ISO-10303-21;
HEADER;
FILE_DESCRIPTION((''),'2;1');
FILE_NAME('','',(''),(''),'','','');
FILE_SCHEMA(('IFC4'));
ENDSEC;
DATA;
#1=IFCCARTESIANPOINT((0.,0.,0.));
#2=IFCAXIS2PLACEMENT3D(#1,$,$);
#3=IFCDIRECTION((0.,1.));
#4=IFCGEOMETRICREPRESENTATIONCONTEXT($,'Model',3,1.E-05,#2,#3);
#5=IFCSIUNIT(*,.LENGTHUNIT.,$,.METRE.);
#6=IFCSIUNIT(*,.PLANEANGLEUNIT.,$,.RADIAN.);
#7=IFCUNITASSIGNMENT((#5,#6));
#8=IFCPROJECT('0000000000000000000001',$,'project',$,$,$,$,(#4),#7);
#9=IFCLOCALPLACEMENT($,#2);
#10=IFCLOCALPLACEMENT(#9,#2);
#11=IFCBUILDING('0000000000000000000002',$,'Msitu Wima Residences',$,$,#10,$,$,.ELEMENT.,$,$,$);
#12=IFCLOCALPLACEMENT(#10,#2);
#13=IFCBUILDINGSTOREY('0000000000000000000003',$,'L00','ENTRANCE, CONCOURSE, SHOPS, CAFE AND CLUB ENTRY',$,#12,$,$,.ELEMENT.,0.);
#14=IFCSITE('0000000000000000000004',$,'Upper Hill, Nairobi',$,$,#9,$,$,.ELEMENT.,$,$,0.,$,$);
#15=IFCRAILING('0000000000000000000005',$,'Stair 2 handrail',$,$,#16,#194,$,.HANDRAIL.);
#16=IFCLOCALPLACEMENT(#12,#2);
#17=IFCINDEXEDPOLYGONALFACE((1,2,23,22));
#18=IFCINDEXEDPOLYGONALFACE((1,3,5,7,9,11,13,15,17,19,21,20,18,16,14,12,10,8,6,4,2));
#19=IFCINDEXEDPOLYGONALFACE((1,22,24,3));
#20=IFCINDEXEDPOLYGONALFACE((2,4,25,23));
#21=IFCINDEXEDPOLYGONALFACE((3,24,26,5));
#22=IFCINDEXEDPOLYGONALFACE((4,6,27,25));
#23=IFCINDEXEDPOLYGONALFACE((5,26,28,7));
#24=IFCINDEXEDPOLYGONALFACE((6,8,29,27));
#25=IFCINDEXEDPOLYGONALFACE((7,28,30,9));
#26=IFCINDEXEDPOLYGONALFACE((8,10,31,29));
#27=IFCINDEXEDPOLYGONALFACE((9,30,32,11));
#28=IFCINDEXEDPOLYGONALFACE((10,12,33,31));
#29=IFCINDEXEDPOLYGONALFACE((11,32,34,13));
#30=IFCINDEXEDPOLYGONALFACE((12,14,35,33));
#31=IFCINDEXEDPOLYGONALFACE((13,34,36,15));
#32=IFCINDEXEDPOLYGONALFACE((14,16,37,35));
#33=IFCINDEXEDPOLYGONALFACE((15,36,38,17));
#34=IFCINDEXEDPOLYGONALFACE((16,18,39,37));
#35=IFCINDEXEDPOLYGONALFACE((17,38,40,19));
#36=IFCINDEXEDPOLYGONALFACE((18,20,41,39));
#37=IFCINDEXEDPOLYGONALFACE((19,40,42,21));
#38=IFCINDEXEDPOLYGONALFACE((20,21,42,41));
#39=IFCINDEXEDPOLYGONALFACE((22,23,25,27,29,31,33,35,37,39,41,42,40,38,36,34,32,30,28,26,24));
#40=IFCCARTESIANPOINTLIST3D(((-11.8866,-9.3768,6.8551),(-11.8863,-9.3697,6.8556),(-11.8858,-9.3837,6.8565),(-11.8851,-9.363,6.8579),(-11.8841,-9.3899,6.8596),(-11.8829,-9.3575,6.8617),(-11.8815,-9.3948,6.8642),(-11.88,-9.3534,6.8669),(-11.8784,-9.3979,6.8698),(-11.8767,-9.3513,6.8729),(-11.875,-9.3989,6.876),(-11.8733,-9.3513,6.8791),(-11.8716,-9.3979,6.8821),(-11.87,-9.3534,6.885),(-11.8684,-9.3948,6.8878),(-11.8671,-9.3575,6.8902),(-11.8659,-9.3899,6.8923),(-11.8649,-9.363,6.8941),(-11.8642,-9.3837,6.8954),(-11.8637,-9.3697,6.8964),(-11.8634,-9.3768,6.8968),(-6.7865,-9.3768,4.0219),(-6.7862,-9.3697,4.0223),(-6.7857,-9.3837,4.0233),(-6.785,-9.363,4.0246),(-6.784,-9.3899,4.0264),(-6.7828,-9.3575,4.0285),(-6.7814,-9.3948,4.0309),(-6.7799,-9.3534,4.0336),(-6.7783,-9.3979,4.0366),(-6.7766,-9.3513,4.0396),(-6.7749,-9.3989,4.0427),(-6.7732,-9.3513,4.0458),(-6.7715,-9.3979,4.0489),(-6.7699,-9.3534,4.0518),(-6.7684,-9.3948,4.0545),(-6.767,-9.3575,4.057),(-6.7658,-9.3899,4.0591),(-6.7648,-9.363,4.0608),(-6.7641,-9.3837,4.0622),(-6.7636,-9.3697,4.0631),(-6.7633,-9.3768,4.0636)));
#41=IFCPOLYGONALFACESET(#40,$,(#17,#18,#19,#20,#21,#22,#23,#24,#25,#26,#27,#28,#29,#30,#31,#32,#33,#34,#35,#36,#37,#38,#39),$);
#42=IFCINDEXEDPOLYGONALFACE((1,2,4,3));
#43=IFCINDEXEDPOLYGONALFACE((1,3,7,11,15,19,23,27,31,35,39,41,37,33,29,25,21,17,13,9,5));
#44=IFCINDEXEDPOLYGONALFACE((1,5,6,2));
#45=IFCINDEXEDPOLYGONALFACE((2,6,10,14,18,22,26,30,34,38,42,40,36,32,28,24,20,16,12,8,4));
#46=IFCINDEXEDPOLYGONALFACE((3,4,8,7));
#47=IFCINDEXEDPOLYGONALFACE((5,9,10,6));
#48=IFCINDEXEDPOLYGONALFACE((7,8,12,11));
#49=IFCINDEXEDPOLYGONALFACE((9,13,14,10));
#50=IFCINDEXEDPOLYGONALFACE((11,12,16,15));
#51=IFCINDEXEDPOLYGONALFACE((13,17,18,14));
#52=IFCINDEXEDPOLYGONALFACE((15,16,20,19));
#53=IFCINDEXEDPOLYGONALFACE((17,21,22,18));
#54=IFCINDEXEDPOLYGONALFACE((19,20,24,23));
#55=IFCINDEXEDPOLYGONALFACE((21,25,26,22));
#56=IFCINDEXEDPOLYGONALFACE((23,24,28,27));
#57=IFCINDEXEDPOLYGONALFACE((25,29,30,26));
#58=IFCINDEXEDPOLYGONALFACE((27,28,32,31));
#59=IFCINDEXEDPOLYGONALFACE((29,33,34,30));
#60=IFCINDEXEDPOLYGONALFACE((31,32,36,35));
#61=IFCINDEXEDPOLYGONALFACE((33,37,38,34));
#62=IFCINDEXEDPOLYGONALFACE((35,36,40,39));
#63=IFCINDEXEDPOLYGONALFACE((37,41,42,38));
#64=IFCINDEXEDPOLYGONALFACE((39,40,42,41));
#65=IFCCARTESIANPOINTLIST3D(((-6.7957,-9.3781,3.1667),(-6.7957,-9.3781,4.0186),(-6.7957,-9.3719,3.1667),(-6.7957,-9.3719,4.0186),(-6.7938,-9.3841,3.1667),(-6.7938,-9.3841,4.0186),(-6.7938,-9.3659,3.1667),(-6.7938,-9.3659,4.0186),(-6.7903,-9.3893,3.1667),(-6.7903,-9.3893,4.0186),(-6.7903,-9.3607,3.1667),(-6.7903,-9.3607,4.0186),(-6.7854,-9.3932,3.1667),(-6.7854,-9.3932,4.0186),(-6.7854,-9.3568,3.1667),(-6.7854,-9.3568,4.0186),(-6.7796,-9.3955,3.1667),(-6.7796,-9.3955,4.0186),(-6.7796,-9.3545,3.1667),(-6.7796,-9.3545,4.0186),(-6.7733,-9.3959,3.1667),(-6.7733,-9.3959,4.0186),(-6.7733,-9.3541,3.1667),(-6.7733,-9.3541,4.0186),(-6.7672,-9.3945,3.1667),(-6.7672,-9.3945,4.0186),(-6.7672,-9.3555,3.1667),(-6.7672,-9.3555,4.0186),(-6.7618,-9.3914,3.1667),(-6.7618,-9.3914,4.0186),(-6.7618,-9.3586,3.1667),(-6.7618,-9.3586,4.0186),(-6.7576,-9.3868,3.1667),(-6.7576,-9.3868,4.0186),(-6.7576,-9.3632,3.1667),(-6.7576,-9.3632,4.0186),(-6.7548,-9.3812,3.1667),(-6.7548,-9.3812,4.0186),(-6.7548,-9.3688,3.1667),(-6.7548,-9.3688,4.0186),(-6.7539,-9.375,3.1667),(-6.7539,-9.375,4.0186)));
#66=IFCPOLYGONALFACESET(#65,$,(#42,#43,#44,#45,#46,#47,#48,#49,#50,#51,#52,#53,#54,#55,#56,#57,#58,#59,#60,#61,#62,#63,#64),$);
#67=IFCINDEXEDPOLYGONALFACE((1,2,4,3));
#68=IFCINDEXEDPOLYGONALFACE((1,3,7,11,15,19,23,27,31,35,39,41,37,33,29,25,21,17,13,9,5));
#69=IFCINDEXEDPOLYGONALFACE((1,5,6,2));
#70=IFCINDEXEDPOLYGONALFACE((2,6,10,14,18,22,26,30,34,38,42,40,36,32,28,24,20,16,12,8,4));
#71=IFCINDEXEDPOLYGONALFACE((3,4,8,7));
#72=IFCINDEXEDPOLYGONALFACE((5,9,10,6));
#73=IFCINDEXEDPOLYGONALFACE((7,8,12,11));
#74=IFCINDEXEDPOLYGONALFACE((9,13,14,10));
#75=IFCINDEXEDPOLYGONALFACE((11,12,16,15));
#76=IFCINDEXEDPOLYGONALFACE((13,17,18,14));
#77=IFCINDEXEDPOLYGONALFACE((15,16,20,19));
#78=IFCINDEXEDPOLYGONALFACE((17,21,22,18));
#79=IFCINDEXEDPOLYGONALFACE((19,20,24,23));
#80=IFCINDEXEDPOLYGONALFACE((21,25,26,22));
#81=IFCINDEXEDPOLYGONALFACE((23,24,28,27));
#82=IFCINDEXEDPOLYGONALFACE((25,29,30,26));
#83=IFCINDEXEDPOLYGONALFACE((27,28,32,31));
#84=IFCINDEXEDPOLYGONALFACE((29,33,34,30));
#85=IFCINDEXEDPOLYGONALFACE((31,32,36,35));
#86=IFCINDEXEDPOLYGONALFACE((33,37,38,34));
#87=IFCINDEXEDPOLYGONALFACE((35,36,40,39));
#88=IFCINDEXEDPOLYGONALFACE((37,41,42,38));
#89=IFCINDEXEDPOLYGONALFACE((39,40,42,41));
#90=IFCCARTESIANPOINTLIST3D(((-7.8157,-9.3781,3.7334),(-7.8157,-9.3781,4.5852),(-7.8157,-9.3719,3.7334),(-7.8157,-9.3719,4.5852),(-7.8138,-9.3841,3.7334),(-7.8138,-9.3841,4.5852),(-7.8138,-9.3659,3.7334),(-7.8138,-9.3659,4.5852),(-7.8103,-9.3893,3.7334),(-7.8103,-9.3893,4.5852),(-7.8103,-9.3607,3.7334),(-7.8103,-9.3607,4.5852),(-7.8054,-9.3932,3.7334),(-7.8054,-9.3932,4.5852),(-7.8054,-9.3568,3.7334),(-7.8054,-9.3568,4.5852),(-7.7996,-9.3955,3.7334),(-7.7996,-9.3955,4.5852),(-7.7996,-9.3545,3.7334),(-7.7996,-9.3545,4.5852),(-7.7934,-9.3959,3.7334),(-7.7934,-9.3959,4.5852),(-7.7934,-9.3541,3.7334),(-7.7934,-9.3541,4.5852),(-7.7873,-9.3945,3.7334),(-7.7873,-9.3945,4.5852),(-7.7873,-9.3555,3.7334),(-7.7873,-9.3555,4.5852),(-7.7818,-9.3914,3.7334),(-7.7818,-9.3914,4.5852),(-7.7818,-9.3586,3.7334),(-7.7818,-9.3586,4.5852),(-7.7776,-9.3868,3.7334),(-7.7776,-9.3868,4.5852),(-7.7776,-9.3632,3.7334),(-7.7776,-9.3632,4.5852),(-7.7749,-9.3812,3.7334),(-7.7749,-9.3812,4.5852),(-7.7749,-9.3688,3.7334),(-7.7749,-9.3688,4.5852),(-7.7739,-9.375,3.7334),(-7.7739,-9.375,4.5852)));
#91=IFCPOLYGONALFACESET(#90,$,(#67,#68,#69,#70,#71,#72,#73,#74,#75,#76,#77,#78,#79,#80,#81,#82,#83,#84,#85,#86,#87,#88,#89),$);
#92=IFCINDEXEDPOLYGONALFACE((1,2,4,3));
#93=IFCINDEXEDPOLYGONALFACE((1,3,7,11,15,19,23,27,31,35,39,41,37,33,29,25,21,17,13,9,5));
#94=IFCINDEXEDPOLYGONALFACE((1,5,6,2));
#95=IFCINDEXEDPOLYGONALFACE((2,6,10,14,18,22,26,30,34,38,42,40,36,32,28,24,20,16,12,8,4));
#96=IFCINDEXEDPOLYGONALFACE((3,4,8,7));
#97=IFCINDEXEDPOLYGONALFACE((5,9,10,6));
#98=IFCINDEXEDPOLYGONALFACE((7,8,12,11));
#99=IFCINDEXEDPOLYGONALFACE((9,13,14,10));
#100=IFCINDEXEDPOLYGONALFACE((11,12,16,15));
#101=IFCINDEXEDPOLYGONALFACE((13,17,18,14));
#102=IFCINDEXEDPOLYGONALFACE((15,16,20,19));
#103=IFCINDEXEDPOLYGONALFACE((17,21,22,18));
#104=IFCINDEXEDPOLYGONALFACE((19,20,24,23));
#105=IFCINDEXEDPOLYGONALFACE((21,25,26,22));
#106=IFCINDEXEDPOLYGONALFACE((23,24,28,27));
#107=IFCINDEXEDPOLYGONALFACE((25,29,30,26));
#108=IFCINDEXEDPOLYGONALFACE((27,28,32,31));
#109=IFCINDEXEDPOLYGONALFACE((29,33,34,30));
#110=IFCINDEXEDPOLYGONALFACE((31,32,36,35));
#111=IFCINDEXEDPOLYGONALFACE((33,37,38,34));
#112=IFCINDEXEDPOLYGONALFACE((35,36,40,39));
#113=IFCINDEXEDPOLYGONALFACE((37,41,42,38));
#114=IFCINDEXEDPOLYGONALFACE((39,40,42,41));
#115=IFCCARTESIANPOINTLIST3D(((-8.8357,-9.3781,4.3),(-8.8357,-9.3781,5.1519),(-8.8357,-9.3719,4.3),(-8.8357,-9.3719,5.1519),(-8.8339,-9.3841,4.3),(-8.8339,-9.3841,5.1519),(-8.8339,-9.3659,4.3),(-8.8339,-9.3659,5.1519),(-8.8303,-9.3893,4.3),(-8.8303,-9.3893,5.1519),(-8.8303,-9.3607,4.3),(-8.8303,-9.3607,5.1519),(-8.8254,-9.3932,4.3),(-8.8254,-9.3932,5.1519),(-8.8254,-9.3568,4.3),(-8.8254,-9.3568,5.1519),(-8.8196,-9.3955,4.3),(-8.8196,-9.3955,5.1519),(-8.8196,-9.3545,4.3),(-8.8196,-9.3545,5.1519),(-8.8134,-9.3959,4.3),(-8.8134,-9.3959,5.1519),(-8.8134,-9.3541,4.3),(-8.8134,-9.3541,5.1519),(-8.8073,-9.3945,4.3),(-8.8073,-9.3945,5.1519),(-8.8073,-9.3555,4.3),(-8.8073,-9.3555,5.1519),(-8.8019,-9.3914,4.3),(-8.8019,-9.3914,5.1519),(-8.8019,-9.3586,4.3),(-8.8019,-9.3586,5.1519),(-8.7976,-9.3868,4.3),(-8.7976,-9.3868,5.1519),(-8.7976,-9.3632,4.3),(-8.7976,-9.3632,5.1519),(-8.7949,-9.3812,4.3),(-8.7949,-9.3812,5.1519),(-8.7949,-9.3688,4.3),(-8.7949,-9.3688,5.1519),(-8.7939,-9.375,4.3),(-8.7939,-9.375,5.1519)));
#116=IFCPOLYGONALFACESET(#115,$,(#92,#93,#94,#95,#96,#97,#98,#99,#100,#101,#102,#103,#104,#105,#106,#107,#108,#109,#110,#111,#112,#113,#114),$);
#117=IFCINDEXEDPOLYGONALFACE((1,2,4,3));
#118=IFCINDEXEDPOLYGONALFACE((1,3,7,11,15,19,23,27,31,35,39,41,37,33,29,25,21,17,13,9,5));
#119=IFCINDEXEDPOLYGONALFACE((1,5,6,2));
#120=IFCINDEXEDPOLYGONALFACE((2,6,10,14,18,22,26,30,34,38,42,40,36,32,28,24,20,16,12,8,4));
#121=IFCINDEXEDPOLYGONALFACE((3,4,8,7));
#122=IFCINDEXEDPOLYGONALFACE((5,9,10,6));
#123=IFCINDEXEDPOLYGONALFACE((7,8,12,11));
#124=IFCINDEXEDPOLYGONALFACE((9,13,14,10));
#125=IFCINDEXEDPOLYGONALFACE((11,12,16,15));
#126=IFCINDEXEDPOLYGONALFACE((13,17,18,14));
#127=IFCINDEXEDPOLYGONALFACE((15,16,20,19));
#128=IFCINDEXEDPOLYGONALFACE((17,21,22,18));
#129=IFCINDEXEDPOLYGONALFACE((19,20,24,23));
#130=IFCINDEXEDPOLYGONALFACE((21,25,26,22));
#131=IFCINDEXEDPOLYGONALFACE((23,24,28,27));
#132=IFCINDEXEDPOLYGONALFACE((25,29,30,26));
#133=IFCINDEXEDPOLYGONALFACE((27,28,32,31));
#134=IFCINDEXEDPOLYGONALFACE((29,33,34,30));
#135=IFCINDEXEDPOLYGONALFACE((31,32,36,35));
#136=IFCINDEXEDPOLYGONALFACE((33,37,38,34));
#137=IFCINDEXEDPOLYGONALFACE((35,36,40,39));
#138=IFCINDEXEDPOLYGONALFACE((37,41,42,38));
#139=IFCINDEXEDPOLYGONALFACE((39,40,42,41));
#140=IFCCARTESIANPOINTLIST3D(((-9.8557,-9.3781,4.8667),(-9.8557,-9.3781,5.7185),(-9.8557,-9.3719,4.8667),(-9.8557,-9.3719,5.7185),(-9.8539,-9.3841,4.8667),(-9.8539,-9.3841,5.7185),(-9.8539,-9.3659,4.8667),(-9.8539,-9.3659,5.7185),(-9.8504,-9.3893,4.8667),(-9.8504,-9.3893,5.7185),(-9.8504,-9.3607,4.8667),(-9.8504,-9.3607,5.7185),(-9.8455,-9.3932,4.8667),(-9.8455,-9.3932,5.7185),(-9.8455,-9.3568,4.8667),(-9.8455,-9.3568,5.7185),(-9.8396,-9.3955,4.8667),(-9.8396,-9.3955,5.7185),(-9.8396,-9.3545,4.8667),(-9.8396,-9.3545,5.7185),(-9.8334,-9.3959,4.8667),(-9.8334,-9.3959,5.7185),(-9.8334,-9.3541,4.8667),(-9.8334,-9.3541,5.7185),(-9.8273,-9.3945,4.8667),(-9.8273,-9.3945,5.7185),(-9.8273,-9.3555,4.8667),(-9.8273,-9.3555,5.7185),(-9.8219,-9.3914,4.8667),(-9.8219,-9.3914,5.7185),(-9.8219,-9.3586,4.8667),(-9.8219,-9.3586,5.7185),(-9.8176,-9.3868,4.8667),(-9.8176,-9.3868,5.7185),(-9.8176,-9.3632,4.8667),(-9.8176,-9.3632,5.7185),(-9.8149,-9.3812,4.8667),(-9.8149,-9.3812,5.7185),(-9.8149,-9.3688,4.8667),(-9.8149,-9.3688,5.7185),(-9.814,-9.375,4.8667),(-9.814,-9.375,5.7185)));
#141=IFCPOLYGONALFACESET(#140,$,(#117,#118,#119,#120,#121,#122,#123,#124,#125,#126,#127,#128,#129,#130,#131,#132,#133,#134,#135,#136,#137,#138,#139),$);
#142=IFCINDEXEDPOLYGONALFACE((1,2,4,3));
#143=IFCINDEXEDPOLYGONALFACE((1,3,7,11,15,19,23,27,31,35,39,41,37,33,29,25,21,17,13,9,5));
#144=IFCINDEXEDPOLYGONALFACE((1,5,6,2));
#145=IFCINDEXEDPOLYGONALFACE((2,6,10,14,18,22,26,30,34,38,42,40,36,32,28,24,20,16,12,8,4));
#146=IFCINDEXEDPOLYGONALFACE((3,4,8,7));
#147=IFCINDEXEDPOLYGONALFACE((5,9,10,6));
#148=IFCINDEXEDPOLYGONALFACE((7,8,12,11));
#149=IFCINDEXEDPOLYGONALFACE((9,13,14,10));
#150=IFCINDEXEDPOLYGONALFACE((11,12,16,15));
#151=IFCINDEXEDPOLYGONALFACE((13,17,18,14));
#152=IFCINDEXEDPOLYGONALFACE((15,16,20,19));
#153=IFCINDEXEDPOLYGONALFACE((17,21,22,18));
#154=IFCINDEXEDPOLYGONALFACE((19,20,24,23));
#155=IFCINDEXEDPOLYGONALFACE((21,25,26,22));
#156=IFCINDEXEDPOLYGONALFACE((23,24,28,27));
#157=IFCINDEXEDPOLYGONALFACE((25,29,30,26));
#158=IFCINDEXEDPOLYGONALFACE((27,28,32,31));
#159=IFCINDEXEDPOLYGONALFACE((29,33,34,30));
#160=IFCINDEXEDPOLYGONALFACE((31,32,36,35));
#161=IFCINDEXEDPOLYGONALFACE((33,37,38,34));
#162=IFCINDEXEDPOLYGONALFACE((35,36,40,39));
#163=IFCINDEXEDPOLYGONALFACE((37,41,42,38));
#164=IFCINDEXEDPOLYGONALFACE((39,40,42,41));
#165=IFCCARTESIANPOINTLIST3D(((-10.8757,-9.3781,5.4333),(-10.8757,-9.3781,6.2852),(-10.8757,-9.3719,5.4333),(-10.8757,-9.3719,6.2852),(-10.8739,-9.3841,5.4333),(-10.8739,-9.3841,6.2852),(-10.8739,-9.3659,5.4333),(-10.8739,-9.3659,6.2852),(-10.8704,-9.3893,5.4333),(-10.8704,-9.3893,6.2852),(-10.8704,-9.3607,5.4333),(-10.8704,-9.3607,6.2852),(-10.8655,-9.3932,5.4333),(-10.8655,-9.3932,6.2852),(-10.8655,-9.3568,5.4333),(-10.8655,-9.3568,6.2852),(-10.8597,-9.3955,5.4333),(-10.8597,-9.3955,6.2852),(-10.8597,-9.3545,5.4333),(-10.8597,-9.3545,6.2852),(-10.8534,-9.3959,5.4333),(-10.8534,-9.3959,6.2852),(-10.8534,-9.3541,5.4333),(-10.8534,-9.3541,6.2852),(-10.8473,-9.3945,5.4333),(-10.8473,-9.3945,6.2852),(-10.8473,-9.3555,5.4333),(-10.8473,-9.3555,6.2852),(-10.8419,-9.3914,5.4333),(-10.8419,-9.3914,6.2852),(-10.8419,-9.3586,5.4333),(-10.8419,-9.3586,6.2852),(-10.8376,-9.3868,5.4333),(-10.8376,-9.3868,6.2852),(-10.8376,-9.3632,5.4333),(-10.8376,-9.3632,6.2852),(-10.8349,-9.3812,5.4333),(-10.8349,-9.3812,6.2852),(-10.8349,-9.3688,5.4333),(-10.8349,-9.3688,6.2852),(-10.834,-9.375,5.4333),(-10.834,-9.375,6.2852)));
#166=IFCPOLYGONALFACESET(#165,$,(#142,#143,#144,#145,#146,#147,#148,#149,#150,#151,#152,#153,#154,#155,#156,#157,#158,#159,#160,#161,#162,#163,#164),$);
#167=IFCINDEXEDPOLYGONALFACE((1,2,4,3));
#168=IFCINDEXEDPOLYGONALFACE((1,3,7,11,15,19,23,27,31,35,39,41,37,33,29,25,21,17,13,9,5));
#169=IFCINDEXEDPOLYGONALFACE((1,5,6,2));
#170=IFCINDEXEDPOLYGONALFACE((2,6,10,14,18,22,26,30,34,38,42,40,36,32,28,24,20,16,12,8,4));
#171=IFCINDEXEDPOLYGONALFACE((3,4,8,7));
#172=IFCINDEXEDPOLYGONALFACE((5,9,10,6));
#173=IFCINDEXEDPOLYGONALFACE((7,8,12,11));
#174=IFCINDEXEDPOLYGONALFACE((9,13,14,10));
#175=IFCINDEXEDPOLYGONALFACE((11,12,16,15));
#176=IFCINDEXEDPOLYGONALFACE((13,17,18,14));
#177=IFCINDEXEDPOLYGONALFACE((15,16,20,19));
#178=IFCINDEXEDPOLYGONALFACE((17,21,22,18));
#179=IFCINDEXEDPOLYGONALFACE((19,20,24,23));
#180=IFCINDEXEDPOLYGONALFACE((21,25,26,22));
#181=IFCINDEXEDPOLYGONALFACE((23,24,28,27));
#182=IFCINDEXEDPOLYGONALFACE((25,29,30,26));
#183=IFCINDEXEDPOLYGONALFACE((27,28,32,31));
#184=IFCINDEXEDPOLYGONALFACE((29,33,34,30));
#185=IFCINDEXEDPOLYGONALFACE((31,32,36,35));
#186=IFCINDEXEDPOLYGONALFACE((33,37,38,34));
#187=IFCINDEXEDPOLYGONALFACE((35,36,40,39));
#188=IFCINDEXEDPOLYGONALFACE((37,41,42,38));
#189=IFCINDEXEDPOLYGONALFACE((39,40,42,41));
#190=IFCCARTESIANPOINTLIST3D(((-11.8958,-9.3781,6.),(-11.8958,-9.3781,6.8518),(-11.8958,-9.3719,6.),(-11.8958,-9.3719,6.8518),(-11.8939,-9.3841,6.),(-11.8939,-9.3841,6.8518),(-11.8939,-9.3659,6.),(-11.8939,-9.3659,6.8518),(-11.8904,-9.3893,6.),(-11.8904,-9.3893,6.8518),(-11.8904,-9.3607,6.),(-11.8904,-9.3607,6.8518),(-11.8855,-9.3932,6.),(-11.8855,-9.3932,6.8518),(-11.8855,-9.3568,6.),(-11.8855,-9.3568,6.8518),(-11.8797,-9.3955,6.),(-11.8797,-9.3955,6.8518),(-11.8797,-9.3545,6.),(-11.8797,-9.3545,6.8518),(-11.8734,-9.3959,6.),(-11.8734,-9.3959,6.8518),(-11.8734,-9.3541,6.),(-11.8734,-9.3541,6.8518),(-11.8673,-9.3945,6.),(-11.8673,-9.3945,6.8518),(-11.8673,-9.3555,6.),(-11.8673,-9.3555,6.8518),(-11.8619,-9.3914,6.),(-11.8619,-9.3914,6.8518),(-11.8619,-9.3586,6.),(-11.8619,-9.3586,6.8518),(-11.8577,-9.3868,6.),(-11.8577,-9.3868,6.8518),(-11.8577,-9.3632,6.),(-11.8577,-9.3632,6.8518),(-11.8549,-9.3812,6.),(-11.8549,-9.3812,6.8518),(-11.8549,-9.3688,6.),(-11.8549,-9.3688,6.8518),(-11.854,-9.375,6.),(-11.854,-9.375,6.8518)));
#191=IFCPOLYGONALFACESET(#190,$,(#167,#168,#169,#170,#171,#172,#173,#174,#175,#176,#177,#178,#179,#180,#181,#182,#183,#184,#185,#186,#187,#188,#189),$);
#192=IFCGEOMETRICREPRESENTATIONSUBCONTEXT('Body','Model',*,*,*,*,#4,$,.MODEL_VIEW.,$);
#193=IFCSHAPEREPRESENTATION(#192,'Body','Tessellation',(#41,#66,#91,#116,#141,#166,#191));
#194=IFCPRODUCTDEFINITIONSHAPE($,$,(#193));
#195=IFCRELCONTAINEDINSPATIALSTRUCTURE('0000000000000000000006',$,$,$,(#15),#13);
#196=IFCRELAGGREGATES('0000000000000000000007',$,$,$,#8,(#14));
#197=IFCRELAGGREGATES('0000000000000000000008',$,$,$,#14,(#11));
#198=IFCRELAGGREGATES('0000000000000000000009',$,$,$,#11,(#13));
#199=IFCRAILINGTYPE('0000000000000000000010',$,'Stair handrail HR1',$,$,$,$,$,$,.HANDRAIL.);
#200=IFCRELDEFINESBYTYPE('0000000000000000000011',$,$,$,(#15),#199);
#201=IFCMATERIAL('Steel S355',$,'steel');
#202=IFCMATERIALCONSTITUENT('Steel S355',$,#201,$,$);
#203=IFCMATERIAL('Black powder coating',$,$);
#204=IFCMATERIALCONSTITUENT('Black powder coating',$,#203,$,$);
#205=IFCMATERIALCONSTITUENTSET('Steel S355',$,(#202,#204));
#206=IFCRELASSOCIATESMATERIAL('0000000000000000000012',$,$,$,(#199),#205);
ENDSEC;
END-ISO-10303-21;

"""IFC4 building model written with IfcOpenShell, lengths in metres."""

from ifc_helpers import new_model, si_unit, direction, frame, origin, origin_2d, place, context, subcontext, project, spatial, circle, extrude, material, constituent, constituent_set, type_object, element, save


model = new_model("IFC4")

# Units and contexts
model_context = context("Model", 3, precision=1e-05, world=origin(), true_north=direction((0.0, 1.0)))
body_context = subcontext(model_context, "Body", "Model", "MODEL_VIEW")
ifc_project = project(units=[si_unit("LENGTHUNIT", "METRE"), si_unit("PLANEANGLEUNIT", "RADIAN")], contexts=[model_context])

# Site, building, storey
site_placement = place(None, origin())
site = spatial("IfcSite", under=ifc_project, at=site_placement, Name="Upper Hill, Nairobi", CompositionType="ELEMENT", RefElevation=0.0)
building_placement = place(site_placement, origin())
building = spatial("IfcBuilding", under=site, at=building_placement, Name="Msitu Wima Residences", CompositionType="ELEMENT")
storey_placement = place(building_placement, origin())
storey = spatial("IfcBuildingStorey", under=building, at=storey_placement, Name="L00", Description="ENTRANCE, CONCOURSE, SHOPS, CAFE AND CLUB ENTRY", CompositionType="ELEMENT", Elevation=0.0)

# Railing
ifc_material_1 = material(Name="Steel S355", Category="steel")
ifc_constituent_1 = constituent(ifc_material_1, Name="Steel S355")
ifc_material_2 = material(Name="Black powder coating")
ifc_constituent_2 = constituent(ifc_material_2, Name="Black powder coating")
ifc_constituent_set = constituent_set(constituents=[ifc_constituent_1, ifc_constituent_2], Name="Steel S355")
railing_type = type_object("IfcRailingType", Name="Stair handrail HR1", PredefinedType="HANDRAIL", material=ifc_constituent_set)
for number, where, name in (
    (1, (-6.7749, -9.375, 3.1667), "Stair 2 handrail"),
):
    element("IfcRailing", number, at=place(storey_placement, frame(where)), inside=storey, type_object=railing_type, Name=name, PredefinedType="HANDRAIL", context=body_context, shape_type="SweptSolid", body=[
        extrude(circle(Radius=0.0239, at=origin_2d()), frame((0.0, 0.0, 0.876), z_axis=(-0.874167, 0.0, 0.485625), x_axis=(0.0, -1.0, 0.0)), (0.0, 0.0, 1.0), 5.8342),
        extrude(circle(Radius=0.021, at=origin_2d()), origin(), (0.0, 0.0, 1.0), 0.8518),
        extrude(circle(Radius=0.021, at=origin_2d()), frame((-1.02, 0.0, 0.5667)), (0.0, 0.0, 1.0), 0.8518),
        extrude(circle(Radius=0.021, at=origin_2d()), frame((-2.04, 0.0, 1.1333)), (0.0, 0.0, 1.0), 0.8518),
        extrude(circle(Radius=0.021, at=origin_2d()), frame((-3.0601, 0.0, 1.7)), (0.0, 0.0, 1.0), 0.8518),
        extrude(circle(Radius=0.021, at=origin_2d()), frame((-4.0801, 0.0, 2.2666)), (0.0, 0.0, 1.0), 0.8518),
        extrude(circle(Radius=0.021, at=origin_2d()), frame((-5.1001, 0.0, 2.8333)), (0.0, 0.0, 1.0), 0.8518),
    ])

save(model, "model.ifc")
